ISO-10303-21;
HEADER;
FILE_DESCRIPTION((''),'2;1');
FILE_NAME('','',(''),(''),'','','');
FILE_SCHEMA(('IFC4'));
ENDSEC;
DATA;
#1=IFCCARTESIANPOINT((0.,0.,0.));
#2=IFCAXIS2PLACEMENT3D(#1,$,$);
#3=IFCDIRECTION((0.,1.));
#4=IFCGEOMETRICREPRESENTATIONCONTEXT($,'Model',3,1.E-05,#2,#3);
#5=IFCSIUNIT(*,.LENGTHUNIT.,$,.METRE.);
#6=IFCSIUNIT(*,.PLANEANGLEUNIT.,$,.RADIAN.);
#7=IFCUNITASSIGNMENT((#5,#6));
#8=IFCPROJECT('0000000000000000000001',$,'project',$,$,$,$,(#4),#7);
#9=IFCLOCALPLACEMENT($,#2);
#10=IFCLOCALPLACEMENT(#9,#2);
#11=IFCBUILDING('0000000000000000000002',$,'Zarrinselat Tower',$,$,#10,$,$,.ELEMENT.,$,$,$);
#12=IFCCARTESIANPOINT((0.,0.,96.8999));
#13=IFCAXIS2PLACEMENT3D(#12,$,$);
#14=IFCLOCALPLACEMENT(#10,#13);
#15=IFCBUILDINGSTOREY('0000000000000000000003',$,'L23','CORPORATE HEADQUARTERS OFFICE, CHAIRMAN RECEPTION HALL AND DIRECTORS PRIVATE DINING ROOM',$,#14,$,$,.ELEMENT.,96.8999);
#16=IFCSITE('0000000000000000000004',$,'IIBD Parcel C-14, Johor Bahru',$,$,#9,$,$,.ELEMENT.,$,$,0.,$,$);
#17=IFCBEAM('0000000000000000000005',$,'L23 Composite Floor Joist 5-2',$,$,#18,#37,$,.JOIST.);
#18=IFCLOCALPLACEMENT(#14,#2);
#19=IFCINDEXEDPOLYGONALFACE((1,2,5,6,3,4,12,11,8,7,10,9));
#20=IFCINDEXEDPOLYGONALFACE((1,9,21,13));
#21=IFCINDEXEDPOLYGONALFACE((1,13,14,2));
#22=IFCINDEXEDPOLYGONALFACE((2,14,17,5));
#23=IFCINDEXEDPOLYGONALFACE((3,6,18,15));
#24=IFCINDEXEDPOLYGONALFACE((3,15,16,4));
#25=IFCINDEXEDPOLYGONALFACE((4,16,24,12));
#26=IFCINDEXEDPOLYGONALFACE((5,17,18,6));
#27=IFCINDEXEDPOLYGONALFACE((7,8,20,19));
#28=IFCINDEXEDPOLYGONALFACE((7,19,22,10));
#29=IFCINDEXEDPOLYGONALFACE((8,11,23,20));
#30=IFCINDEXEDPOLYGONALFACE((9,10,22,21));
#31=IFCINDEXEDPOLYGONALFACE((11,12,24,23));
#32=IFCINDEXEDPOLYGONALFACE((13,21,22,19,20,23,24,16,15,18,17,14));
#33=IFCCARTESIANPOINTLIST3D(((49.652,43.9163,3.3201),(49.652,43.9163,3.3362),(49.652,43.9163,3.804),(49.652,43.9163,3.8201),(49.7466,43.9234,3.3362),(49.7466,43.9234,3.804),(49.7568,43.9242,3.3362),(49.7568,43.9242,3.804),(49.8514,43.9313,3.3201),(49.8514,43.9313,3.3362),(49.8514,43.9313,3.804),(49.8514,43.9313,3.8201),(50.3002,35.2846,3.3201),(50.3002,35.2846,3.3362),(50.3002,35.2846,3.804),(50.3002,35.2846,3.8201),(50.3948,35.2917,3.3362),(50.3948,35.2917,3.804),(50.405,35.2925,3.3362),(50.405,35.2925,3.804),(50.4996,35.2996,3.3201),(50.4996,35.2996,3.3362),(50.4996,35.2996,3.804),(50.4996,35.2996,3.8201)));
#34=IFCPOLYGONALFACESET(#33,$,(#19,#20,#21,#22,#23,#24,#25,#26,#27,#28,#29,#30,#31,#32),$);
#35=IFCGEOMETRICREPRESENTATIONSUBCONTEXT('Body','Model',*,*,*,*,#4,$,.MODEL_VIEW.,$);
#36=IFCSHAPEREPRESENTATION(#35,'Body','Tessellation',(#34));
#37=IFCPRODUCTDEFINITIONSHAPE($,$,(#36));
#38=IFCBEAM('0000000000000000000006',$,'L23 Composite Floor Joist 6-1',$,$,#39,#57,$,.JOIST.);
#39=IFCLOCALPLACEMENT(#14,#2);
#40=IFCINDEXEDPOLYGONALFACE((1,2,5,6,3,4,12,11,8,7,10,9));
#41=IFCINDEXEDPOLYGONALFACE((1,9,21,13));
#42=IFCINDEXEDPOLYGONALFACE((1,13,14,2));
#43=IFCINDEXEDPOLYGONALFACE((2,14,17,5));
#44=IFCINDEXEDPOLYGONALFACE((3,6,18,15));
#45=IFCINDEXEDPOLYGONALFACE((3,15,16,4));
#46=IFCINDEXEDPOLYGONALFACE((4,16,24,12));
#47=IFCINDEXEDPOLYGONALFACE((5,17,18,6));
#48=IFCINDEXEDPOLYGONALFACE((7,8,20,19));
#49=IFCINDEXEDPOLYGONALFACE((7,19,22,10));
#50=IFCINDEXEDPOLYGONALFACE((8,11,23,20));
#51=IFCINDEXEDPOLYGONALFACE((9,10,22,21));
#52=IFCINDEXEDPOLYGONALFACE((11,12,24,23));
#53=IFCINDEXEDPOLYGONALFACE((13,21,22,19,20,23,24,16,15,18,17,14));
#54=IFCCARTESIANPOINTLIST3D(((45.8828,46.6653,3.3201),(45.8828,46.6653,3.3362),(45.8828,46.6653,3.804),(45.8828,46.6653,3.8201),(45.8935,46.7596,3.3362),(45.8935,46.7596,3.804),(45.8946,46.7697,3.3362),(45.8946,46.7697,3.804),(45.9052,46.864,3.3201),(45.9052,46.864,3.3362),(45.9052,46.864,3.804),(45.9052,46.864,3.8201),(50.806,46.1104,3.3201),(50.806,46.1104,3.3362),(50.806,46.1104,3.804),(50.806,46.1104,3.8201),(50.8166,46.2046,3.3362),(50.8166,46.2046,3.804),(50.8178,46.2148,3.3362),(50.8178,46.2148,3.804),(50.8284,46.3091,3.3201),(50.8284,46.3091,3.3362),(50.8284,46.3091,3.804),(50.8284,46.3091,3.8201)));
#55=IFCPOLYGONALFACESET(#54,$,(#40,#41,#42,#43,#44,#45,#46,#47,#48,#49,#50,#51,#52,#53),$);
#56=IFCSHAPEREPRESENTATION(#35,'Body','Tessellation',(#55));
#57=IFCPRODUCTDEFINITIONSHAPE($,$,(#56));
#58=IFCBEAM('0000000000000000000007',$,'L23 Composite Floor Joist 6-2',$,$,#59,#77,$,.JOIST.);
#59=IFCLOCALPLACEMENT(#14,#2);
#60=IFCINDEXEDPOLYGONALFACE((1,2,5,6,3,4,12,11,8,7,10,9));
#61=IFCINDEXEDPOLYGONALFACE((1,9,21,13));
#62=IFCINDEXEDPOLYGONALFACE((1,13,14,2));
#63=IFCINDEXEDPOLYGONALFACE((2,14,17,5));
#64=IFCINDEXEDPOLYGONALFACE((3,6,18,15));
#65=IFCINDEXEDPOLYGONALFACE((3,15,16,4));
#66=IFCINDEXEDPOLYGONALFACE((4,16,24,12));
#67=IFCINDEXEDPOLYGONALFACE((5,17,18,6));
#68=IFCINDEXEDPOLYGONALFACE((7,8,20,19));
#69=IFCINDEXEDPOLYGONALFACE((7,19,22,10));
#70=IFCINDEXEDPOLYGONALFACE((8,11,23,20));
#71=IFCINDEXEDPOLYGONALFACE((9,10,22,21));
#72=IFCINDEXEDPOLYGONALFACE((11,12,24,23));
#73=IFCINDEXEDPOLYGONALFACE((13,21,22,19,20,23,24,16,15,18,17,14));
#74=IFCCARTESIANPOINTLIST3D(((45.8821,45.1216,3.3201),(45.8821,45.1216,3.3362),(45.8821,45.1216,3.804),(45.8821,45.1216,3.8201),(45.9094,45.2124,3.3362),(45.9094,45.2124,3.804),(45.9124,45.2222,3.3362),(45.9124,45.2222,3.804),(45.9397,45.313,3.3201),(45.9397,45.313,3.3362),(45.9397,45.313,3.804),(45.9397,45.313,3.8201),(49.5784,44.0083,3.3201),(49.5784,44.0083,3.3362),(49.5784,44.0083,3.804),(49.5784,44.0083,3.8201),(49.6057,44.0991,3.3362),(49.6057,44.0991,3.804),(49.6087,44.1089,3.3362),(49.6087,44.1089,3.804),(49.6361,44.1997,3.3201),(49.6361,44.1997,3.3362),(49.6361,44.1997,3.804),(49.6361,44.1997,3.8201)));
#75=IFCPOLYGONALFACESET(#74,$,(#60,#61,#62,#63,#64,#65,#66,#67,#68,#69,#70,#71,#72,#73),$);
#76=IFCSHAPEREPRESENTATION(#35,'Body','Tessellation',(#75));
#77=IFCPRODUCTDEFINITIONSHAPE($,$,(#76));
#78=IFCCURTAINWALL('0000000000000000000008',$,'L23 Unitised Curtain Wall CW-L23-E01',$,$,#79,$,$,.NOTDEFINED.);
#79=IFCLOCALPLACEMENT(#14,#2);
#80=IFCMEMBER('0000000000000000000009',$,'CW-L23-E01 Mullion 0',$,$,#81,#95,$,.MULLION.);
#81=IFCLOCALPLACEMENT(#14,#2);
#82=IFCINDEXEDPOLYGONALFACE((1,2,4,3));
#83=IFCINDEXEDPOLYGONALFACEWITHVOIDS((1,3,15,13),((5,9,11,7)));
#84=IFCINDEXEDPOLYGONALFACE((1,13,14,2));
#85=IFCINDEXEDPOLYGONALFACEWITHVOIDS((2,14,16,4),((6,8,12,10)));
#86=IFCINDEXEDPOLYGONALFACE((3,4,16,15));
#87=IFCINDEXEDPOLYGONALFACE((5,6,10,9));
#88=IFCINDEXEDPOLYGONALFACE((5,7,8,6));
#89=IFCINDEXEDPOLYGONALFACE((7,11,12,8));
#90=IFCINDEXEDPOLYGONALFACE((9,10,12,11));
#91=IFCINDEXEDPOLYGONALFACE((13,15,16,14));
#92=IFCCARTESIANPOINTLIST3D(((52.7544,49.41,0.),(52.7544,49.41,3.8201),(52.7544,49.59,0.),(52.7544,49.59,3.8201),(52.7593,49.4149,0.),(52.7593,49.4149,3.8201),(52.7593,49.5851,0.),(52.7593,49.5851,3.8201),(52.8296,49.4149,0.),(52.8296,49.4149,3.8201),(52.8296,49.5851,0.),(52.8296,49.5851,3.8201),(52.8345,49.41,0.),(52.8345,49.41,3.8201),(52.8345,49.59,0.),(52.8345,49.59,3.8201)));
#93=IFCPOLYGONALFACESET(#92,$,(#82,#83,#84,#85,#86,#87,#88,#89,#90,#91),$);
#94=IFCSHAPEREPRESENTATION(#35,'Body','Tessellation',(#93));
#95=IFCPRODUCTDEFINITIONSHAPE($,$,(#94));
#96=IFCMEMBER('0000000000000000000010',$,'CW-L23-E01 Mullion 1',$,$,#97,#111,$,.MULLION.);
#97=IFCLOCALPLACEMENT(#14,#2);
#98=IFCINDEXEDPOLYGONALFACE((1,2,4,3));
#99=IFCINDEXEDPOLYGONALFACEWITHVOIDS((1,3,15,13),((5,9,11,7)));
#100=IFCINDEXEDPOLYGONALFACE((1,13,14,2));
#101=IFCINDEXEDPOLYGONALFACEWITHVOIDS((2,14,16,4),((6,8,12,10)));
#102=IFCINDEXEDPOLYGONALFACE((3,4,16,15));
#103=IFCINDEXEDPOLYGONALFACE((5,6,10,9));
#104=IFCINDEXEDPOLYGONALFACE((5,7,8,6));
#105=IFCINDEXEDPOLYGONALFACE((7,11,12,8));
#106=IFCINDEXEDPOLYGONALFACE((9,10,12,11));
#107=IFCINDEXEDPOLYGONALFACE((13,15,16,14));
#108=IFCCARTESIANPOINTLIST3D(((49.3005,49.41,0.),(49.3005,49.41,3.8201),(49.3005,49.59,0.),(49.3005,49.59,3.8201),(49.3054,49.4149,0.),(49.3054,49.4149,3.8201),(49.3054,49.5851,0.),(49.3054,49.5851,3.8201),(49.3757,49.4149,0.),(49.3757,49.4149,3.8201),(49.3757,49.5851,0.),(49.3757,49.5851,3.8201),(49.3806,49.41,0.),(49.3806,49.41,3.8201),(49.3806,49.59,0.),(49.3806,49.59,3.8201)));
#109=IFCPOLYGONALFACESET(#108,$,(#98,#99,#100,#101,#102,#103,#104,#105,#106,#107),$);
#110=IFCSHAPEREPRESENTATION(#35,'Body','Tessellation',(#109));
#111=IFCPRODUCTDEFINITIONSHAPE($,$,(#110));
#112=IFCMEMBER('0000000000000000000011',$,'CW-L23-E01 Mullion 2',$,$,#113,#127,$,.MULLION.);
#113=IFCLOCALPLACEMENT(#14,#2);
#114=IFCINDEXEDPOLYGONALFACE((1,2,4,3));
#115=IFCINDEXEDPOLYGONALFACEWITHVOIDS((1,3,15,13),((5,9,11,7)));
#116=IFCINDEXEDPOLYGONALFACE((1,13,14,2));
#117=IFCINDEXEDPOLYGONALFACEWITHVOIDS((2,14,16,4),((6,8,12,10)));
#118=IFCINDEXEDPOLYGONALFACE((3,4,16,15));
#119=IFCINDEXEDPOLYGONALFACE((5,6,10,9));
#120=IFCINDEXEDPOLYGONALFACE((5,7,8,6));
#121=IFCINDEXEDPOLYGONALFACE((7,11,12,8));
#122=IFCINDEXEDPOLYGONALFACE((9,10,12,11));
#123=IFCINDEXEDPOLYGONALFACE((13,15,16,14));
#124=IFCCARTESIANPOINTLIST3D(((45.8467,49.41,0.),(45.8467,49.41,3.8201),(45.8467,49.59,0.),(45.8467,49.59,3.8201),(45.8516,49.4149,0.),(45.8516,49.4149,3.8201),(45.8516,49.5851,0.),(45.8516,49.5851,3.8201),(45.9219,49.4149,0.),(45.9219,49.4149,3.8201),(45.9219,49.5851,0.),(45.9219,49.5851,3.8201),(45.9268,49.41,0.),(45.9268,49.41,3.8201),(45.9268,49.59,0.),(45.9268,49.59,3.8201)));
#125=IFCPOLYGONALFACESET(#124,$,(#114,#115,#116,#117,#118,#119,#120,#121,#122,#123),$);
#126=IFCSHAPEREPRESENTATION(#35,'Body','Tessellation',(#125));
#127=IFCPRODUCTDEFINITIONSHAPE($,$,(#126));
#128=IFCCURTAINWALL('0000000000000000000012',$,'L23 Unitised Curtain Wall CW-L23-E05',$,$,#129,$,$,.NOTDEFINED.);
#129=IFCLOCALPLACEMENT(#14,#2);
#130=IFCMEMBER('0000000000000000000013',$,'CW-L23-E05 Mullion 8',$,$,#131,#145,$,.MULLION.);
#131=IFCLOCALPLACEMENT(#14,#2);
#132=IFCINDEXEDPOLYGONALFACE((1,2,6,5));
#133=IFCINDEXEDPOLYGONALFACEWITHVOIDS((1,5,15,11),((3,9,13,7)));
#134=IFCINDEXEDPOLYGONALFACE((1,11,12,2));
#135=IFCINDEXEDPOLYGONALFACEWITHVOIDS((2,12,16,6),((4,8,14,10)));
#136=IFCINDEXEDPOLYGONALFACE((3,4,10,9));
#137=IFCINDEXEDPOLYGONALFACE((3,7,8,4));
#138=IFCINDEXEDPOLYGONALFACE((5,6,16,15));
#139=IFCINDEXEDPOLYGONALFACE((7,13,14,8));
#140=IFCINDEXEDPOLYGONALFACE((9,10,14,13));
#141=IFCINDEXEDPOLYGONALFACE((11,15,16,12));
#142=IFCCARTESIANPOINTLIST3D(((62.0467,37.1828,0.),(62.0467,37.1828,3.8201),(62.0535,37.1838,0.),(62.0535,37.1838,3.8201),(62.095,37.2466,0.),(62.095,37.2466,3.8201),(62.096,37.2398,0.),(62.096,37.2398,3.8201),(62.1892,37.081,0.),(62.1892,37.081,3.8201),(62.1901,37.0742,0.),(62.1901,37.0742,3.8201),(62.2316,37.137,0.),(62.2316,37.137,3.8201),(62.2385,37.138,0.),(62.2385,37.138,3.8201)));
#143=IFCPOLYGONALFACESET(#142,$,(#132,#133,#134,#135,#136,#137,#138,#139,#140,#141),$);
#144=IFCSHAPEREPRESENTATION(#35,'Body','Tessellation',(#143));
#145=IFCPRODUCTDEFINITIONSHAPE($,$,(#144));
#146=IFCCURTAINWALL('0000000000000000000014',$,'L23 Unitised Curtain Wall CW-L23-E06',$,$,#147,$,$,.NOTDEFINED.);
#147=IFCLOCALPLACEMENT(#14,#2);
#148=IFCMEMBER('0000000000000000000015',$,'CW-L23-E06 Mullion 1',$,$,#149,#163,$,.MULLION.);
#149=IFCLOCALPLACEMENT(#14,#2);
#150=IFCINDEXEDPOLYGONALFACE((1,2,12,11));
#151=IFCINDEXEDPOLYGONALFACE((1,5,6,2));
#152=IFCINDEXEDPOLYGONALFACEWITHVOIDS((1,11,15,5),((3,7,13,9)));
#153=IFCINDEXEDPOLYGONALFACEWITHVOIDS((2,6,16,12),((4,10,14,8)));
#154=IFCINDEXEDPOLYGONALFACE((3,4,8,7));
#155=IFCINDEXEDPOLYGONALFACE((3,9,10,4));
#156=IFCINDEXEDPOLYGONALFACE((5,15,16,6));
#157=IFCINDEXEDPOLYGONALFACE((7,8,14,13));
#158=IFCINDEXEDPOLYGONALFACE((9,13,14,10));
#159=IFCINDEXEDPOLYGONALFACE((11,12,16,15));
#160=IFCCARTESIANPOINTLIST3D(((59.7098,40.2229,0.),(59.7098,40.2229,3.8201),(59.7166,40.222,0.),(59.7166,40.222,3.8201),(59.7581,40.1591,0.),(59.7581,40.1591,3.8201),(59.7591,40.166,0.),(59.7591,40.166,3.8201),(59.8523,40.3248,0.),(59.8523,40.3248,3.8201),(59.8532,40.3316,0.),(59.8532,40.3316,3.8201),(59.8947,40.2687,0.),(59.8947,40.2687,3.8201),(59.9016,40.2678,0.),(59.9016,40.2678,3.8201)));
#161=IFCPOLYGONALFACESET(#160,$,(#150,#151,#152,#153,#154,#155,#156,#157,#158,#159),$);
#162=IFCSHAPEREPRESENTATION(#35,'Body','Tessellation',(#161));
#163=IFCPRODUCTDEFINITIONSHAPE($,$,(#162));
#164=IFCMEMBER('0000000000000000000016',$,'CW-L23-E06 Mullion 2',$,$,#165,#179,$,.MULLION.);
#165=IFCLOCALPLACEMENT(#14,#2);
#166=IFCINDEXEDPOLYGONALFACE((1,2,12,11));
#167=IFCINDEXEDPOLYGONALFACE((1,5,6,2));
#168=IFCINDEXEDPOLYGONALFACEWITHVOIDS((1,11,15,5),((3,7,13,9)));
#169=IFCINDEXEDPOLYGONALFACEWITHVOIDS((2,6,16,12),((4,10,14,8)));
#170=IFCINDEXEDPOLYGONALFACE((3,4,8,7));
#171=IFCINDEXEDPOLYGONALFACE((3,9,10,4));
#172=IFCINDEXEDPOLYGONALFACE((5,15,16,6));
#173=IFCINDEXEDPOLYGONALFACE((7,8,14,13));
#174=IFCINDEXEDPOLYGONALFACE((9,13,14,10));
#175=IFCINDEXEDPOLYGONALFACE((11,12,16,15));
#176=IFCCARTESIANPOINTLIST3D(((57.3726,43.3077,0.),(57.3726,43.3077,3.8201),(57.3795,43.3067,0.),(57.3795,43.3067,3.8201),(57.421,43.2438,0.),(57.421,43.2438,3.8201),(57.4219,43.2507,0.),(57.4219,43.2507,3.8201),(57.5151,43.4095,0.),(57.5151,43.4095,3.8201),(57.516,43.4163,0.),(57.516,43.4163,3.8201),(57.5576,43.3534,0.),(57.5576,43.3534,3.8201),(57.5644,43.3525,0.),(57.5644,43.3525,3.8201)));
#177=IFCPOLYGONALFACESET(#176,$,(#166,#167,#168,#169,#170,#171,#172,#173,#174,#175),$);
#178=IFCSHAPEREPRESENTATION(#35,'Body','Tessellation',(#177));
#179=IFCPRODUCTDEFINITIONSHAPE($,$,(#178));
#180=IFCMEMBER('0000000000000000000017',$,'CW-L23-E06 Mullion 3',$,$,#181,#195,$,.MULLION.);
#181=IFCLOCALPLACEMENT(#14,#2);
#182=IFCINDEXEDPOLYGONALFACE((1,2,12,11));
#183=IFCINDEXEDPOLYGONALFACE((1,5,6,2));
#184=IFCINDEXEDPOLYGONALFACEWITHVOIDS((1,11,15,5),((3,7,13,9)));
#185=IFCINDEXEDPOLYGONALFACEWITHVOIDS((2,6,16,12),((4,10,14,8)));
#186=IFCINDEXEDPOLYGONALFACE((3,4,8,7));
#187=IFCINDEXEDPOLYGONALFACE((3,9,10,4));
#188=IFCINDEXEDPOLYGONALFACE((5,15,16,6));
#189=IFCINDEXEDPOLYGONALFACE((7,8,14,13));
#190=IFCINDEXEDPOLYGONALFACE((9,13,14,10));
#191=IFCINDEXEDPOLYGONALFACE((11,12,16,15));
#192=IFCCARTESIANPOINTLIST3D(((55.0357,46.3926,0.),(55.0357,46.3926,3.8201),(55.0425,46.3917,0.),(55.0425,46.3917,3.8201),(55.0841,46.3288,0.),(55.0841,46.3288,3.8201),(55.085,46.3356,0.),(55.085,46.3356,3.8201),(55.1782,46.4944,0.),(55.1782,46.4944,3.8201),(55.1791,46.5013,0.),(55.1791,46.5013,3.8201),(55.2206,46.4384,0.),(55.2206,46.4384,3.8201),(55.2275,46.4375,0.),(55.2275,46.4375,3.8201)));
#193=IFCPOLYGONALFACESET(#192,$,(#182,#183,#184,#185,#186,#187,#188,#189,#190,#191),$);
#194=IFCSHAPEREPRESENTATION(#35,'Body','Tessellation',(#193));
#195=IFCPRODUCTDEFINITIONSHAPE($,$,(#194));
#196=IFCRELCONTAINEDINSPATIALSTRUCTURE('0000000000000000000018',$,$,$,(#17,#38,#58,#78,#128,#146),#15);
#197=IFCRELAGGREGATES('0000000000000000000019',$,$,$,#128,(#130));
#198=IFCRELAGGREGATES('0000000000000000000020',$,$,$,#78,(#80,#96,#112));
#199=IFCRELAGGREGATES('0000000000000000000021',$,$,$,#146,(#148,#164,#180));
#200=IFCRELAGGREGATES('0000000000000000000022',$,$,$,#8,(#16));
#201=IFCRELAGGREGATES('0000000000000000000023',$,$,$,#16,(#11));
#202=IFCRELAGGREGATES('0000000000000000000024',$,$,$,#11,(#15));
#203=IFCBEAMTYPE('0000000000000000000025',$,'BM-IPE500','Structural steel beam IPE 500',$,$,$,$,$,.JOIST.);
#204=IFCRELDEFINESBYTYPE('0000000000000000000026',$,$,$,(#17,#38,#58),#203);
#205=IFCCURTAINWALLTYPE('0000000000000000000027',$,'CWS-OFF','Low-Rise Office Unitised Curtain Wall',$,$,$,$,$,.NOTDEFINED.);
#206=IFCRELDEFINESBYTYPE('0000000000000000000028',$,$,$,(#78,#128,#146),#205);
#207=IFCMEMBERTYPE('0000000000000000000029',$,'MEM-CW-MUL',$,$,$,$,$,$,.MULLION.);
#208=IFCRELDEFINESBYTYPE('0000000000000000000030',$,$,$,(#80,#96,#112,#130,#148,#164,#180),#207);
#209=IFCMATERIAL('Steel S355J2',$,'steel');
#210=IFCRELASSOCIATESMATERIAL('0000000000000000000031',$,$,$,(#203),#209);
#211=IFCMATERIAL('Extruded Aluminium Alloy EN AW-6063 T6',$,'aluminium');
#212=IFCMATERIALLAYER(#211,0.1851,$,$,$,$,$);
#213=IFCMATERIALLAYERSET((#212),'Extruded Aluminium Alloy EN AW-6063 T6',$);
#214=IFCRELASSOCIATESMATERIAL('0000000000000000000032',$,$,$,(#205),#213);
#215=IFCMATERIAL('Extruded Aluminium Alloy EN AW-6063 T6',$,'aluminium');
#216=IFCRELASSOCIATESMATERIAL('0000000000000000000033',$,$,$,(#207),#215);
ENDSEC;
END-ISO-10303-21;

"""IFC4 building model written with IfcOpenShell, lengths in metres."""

from ifc_helpers import new_model, si_unit, direction, frame, origin, origin_2d, place, context, subcontext, project, spatial, hollow_rectangle, i_section, extrude, material, layer, layer_set, material_profile, profile_set, type_object, element, aggregate, save


model = new_model("IFC4")

# Units and contexts
model_context = context("Model", 3, precision=1e-05, world=origin(), true_north=direction((0.0, 1.0)))
body_context = subcontext(model_context, "Body", "Model", "MODEL_VIEW")
ifc_project = project(units=[si_unit("LENGTHUNIT", "METRE"), si_unit("PLANEANGLEUNIT", "RADIAN")], contexts=[model_context])

# Site, building, storey
site_placement = place(None, origin())
site = spatial("IfcSite", under=ifc_project, at=site_placement, Name="IIBD Parcel C-14, Johor Bahru", CompositionType="ELEMENT", RefElevation=0.0)
building_placement = place(site_placement, origin())
building = spatial("IfcBuilding", under=site, at=building_placement, Name="Zarrinselat Tower", CompositionType="ELEMENT")
storey_placement = place(building_placement, frame((0.0, 0.0, 96.8999)))
storey = spatial("IfcBuildingStorey", under=building, at=storey_placement, Name="L23", Description="CORPORATE HEADQUARTERS OFFICE, CHAIRMAN RECEPTION HALL AND DIRECTORS PRIVATE DINING ROOM", CompositionType="ELEMENT", Elevation=96.8999)

# Beams
ifc_material_1 = material(Name="Steel S355J2", Category="steel")
ifc_material_profile_1 = material_profile(ifc_material_1, i_section(OverallWidth=0.2, OverallDepth=0.5, WebThickness=0.0103, FlangeThickness=0.0161, at=origin_2d()), Name="IPE 500")
ifc_profile_set_1 = profile_set([ifc_material_profile_1], Name="Steel S355J2")
beam_type_1 = type_object("IfcBeamType", Name="BM-IPE500", Description="Structural steel beam IPE 500", PredefinedType="JOIST", material=ifc_profile_set_1)
beam_1_placement = place(storey_placement, frame((49.7517, 43.9238, 3.5701), z_axis=(0.074885, -0.997192, 0.0), x_axis=(0.997192, 0.074885, 0.0)))
element("IfcBeam", 1, at=beam_1_placement, inside=storey, type_object=beam_type_1, Name="L23 Composite Floor Joist 5-2", PredefinedType="JOIST", context=body_context, shape_type="SweptSolid", body=[
    extrude(i_section(OverallWidth=0.2, OverallDepth=0.5, WebThickness=0.0103, FlangeThickness=0.0161, at=origin_2d()), origin(), (0.0, 0.0, 1.0), 8.656),
])
beam_2_placement = place(storey_placement, frame((45.894, 46.7646, 3.5701), z_axis=(0.993707, -0.112011, 0.0), x_axis=(0.112011, 0.993707, 0.0)))
element("IfcBeam", 2, at=beam_2_placement, inside=storey, type_object=beam_type_1, Name="L23 Composite Floor Joist 6-1", PredefinedType="JOIST", context=body_context, shape_type="SweptSolid", body=[
    extrude(i_section(OverallWidth=0.2, OverallDepth=0.5, WebThickness=0.0103, FlangeThickness=0.0161, at=origin_2d()), origin(), (0.0, 0.0, 1.0), 4.9543),
])
beam_3_placement = place(storey_placement, frame((45.9109, 45.2173, 3.5701), z_axis=(0.957512, -0.288392, 0.0), x_axis=(0.288392, 0.957512, 0.0)))
element("IfcBeam", 3, at=beam_3_placement, inside=storey, type_object=beam_type_1, Name="L23 Composite Floor Joist 6-2", PredefinedType="JOIST", context=body_context, shape_type="SweptSolid", body=[
    extrude(i_section(OverallWidth=0.2, OverallDepth=0.5, WebThickness=0.0103, FlangeThickness=0.0161, at=origin_2d()), origin(), (0.0, 0.0, 1.0), 3.8604),
])

# Curtain wall, members
ifc_material_2 = material(Name="Extruded Aluminium Alloy EN AW-6063 T6", Category="aluminium")
ifc_layer_1 = layer(ifc_material_2, 0.1851)
ifc_layer_set_1 = layer_set([ifc_layer_1], Name="Extruded Aluminium Alloy EN AW-6063 T6")
curtain_wall_type = type_object("IfcCurtainWallType", Name="CWS-OFF", Description="Low-Rise Office Unitised Curtain Wall", PredefinedType="NOTDEFINED", material=ifc_layer_set_1)
curtain_wall_1_placement = place(storey_placement, origin())
curtain_wall_1 = element("IfcCurtainWall", 4, at=curtain_wall_1_placement, inside=storey, type_object=curtain_wall_type, Name="L23 Unitised Curtain Wall CW-L23-E01", PredefinedType="NOTDEFINED")
ifc_material_3 = material(Name="Extruded Aluminium Alloy EN AW-6063 T6", Category="aluminium")
ifc_material_profile_2 = material_profile(ifc_material_3, hollow_rectangle(XDim=0.0801, YDim=0.1799, WallThickness=0.0049, at=origin_2d()), Name="RHS 180x80x5")
ifc_profile_set_2 = profile_set([ifc_material_profile_2], Name="Extruded Aluminium Alloy EN AW-6063 T6")
member_type_1 = type_object("IfcMemberType", Name="MEM-CW-MUL", PredefinedType="MULLION", material=ifc_profile_set_2)
member_1_placement = place(storey_placement, frame((52.7944, 49.5, 0.0), z_axis=(0.0, 0.0, 1.0), x_axis=(-1.0, 0.0, 0.0)))
member_1 = element("IfcMember", 5, at=member_1_placement, type_object=member_type_1, Name="CW-L23-E01 Mullion 0", PredefinedType="MULLION", context=body_context, shape_type="SweptSolid", body=[
    extrude(hollow_rectangle(XDim=0.0801, YDim=0.1799, WallThickness=0.0049, at=origin_2d()), origin(), (0.0, 0.0, 1.0), 3.8201),
])
member_2_placement = place(storey_placement, frame((49.3406, 49.5, 0.0), z_axis=(0.0, 0.0, 1.0), x_axis=(-1.0, 0.0, 0.0)))
member_2 = element("IfcMember", 6, at=member_2_placement, type_object=member_type_1, Name="CW-L23-E01 Mullion 1", PredefinedType="MULLION", context=body_context, shape_type="SweptSolid", body=[
    extrude(hollow_rectangle(XDim=0.0801, YDim=0.1799, WallThickness=0.0049, at=origin_2d()), origin(), (0.0, 0.0, 1.0), 3.8201),
])
member_3_placement = place(storey_placement, frame((45.8867, 49.5, 0.0), z_axis=(0.0, 0.0, 1.0), x_axis=(-1.0, 0.0, 0.0)))
member_3 = element("IfcMember", 7, at=member_3_placement, type_object=member_type_1, Name="CW-L23-E01 Mullion 2", PredefinedType="MULLION", context=body_context, shape_type="SweptSolid", body=[
    extrude(hollow_rectangle(XDim=0.0801, YDim=0.1799, WallThickness=0.0049, at=origin_2d()), origin(), (0.0, 0.0, 1.0), 3.8201),
])

# Curtain wall, member
curtain_wall_2_placement = place(storey_placement, origin())
curtain_wall_2 = element("IfcCurtainWall", 8, at=curtain_wall_2_placement, inside=storey, type_object=curtain_wall_type, Name="L23 Unitised Curtain Wall CW-L23-E05", PredefinedType="NOTDEFINED")
member_4_placement = place(storey_placement, frame((62.1426, 37.1604, 0.0), z_axis=(0.0, 0.0, 1.0), x_axis=(0.603858, 0.797092, 0.0)))
member_4 = element("IfcMember", 9, at=member_4_placement, type_object=member_type_1, Name="CW-L23-E05 Mullion 8", PredefinedType="MULLION", context=body_context, shape_type="SweptSolid", body=[
    extrude(hollow_rectangle(XDim=0.0801, YDim=0.1799, WallThickness=0.0049, at=origin_2d()), origin(), (0.0, 0.0, 1.0), 3.8201),
])
aggregate(curtain_wall_2, [member_4])

# Curtain wall, members
curtain_wall_3_placement = place(storey_placement, origin())
curtain_wall_3 = element("IfcCurtainWall", 10, at=curtain_wall_3_placement, inside=storey, type_object=curtain_wall_type, Name="L23 Unitised Curtain Wall CW-L23-E06", PredefinedType="NOTDEFINED")
member_5_placement = place(storey_placement, frame((59.8057, 40.2454, 0.0), z_axis=(0.0, 0.0, 1.0), x_axis=(-0.603858, 0.797092, 0.0)))
member_5 = element("IfcMember", 11, at=member_5_placement, type_object=member_type_1, Name="CW-L23-E06 Mullion 1", PredefinedType="MULLION", context=body_context, shape_type="SweptSolid", body=[
    extrude(hollow_rectangle(XDim=0.0801, YDim=0.1799, WallThickness=0.0049, at=origin_2d()), origin(), (0.0, 0.0, 1.0), 3.8201),
])
member_6_placement = place(storey_placement, frame((57.4685, 43.3301, 0.0), z_axis=(0.0, 0.0, 1.0), x_axis=(-0.603858, 0.797092, 0.0)))
member_6 = element("IfcMember", 12, at=member_6_placement, type_object=member_type_1, Name="CW-L23-E06 Mullion 2", PredefinedType="MULLION", context=body_context, shape_type="SweptSolid", body=[
    extrude(hollow_rectangle(XDim=0.0801, YDim=0.1799, WallThickness=0.0049, at=origin_2d()), origin(), (0.0, 0.0, 1.0), 3.8201),
])
member_7_placement = place(storey_placement, frame((55.1316, 46.415, 0.0), z_axis=(0.0, 0.0, 1.0), x_axis=(-0.603858, 0.797092, 0.0)))
member_7 = element("IfcMember", 13, at=member_7_placement, type_object=member_type_1, Name="CW-L23-E06 Mullion 3", PredefinedType="MULLION", context=body_context, shape_type="SweptSolid", body=[
    extrude(hollow_rectangle(XDim=0.0801, YDim=0.1799, WallThickness=0.0049, at=origin_2d()), origin(), (0.0, 0.0, 1.0), 3.8201),
])

aggregate(curtain_wall_1, [member_1, member_2, member_3])
aggregate(curtain_wall_3, [member_5, member_6, member_7])

save(model, "model.ifc")
